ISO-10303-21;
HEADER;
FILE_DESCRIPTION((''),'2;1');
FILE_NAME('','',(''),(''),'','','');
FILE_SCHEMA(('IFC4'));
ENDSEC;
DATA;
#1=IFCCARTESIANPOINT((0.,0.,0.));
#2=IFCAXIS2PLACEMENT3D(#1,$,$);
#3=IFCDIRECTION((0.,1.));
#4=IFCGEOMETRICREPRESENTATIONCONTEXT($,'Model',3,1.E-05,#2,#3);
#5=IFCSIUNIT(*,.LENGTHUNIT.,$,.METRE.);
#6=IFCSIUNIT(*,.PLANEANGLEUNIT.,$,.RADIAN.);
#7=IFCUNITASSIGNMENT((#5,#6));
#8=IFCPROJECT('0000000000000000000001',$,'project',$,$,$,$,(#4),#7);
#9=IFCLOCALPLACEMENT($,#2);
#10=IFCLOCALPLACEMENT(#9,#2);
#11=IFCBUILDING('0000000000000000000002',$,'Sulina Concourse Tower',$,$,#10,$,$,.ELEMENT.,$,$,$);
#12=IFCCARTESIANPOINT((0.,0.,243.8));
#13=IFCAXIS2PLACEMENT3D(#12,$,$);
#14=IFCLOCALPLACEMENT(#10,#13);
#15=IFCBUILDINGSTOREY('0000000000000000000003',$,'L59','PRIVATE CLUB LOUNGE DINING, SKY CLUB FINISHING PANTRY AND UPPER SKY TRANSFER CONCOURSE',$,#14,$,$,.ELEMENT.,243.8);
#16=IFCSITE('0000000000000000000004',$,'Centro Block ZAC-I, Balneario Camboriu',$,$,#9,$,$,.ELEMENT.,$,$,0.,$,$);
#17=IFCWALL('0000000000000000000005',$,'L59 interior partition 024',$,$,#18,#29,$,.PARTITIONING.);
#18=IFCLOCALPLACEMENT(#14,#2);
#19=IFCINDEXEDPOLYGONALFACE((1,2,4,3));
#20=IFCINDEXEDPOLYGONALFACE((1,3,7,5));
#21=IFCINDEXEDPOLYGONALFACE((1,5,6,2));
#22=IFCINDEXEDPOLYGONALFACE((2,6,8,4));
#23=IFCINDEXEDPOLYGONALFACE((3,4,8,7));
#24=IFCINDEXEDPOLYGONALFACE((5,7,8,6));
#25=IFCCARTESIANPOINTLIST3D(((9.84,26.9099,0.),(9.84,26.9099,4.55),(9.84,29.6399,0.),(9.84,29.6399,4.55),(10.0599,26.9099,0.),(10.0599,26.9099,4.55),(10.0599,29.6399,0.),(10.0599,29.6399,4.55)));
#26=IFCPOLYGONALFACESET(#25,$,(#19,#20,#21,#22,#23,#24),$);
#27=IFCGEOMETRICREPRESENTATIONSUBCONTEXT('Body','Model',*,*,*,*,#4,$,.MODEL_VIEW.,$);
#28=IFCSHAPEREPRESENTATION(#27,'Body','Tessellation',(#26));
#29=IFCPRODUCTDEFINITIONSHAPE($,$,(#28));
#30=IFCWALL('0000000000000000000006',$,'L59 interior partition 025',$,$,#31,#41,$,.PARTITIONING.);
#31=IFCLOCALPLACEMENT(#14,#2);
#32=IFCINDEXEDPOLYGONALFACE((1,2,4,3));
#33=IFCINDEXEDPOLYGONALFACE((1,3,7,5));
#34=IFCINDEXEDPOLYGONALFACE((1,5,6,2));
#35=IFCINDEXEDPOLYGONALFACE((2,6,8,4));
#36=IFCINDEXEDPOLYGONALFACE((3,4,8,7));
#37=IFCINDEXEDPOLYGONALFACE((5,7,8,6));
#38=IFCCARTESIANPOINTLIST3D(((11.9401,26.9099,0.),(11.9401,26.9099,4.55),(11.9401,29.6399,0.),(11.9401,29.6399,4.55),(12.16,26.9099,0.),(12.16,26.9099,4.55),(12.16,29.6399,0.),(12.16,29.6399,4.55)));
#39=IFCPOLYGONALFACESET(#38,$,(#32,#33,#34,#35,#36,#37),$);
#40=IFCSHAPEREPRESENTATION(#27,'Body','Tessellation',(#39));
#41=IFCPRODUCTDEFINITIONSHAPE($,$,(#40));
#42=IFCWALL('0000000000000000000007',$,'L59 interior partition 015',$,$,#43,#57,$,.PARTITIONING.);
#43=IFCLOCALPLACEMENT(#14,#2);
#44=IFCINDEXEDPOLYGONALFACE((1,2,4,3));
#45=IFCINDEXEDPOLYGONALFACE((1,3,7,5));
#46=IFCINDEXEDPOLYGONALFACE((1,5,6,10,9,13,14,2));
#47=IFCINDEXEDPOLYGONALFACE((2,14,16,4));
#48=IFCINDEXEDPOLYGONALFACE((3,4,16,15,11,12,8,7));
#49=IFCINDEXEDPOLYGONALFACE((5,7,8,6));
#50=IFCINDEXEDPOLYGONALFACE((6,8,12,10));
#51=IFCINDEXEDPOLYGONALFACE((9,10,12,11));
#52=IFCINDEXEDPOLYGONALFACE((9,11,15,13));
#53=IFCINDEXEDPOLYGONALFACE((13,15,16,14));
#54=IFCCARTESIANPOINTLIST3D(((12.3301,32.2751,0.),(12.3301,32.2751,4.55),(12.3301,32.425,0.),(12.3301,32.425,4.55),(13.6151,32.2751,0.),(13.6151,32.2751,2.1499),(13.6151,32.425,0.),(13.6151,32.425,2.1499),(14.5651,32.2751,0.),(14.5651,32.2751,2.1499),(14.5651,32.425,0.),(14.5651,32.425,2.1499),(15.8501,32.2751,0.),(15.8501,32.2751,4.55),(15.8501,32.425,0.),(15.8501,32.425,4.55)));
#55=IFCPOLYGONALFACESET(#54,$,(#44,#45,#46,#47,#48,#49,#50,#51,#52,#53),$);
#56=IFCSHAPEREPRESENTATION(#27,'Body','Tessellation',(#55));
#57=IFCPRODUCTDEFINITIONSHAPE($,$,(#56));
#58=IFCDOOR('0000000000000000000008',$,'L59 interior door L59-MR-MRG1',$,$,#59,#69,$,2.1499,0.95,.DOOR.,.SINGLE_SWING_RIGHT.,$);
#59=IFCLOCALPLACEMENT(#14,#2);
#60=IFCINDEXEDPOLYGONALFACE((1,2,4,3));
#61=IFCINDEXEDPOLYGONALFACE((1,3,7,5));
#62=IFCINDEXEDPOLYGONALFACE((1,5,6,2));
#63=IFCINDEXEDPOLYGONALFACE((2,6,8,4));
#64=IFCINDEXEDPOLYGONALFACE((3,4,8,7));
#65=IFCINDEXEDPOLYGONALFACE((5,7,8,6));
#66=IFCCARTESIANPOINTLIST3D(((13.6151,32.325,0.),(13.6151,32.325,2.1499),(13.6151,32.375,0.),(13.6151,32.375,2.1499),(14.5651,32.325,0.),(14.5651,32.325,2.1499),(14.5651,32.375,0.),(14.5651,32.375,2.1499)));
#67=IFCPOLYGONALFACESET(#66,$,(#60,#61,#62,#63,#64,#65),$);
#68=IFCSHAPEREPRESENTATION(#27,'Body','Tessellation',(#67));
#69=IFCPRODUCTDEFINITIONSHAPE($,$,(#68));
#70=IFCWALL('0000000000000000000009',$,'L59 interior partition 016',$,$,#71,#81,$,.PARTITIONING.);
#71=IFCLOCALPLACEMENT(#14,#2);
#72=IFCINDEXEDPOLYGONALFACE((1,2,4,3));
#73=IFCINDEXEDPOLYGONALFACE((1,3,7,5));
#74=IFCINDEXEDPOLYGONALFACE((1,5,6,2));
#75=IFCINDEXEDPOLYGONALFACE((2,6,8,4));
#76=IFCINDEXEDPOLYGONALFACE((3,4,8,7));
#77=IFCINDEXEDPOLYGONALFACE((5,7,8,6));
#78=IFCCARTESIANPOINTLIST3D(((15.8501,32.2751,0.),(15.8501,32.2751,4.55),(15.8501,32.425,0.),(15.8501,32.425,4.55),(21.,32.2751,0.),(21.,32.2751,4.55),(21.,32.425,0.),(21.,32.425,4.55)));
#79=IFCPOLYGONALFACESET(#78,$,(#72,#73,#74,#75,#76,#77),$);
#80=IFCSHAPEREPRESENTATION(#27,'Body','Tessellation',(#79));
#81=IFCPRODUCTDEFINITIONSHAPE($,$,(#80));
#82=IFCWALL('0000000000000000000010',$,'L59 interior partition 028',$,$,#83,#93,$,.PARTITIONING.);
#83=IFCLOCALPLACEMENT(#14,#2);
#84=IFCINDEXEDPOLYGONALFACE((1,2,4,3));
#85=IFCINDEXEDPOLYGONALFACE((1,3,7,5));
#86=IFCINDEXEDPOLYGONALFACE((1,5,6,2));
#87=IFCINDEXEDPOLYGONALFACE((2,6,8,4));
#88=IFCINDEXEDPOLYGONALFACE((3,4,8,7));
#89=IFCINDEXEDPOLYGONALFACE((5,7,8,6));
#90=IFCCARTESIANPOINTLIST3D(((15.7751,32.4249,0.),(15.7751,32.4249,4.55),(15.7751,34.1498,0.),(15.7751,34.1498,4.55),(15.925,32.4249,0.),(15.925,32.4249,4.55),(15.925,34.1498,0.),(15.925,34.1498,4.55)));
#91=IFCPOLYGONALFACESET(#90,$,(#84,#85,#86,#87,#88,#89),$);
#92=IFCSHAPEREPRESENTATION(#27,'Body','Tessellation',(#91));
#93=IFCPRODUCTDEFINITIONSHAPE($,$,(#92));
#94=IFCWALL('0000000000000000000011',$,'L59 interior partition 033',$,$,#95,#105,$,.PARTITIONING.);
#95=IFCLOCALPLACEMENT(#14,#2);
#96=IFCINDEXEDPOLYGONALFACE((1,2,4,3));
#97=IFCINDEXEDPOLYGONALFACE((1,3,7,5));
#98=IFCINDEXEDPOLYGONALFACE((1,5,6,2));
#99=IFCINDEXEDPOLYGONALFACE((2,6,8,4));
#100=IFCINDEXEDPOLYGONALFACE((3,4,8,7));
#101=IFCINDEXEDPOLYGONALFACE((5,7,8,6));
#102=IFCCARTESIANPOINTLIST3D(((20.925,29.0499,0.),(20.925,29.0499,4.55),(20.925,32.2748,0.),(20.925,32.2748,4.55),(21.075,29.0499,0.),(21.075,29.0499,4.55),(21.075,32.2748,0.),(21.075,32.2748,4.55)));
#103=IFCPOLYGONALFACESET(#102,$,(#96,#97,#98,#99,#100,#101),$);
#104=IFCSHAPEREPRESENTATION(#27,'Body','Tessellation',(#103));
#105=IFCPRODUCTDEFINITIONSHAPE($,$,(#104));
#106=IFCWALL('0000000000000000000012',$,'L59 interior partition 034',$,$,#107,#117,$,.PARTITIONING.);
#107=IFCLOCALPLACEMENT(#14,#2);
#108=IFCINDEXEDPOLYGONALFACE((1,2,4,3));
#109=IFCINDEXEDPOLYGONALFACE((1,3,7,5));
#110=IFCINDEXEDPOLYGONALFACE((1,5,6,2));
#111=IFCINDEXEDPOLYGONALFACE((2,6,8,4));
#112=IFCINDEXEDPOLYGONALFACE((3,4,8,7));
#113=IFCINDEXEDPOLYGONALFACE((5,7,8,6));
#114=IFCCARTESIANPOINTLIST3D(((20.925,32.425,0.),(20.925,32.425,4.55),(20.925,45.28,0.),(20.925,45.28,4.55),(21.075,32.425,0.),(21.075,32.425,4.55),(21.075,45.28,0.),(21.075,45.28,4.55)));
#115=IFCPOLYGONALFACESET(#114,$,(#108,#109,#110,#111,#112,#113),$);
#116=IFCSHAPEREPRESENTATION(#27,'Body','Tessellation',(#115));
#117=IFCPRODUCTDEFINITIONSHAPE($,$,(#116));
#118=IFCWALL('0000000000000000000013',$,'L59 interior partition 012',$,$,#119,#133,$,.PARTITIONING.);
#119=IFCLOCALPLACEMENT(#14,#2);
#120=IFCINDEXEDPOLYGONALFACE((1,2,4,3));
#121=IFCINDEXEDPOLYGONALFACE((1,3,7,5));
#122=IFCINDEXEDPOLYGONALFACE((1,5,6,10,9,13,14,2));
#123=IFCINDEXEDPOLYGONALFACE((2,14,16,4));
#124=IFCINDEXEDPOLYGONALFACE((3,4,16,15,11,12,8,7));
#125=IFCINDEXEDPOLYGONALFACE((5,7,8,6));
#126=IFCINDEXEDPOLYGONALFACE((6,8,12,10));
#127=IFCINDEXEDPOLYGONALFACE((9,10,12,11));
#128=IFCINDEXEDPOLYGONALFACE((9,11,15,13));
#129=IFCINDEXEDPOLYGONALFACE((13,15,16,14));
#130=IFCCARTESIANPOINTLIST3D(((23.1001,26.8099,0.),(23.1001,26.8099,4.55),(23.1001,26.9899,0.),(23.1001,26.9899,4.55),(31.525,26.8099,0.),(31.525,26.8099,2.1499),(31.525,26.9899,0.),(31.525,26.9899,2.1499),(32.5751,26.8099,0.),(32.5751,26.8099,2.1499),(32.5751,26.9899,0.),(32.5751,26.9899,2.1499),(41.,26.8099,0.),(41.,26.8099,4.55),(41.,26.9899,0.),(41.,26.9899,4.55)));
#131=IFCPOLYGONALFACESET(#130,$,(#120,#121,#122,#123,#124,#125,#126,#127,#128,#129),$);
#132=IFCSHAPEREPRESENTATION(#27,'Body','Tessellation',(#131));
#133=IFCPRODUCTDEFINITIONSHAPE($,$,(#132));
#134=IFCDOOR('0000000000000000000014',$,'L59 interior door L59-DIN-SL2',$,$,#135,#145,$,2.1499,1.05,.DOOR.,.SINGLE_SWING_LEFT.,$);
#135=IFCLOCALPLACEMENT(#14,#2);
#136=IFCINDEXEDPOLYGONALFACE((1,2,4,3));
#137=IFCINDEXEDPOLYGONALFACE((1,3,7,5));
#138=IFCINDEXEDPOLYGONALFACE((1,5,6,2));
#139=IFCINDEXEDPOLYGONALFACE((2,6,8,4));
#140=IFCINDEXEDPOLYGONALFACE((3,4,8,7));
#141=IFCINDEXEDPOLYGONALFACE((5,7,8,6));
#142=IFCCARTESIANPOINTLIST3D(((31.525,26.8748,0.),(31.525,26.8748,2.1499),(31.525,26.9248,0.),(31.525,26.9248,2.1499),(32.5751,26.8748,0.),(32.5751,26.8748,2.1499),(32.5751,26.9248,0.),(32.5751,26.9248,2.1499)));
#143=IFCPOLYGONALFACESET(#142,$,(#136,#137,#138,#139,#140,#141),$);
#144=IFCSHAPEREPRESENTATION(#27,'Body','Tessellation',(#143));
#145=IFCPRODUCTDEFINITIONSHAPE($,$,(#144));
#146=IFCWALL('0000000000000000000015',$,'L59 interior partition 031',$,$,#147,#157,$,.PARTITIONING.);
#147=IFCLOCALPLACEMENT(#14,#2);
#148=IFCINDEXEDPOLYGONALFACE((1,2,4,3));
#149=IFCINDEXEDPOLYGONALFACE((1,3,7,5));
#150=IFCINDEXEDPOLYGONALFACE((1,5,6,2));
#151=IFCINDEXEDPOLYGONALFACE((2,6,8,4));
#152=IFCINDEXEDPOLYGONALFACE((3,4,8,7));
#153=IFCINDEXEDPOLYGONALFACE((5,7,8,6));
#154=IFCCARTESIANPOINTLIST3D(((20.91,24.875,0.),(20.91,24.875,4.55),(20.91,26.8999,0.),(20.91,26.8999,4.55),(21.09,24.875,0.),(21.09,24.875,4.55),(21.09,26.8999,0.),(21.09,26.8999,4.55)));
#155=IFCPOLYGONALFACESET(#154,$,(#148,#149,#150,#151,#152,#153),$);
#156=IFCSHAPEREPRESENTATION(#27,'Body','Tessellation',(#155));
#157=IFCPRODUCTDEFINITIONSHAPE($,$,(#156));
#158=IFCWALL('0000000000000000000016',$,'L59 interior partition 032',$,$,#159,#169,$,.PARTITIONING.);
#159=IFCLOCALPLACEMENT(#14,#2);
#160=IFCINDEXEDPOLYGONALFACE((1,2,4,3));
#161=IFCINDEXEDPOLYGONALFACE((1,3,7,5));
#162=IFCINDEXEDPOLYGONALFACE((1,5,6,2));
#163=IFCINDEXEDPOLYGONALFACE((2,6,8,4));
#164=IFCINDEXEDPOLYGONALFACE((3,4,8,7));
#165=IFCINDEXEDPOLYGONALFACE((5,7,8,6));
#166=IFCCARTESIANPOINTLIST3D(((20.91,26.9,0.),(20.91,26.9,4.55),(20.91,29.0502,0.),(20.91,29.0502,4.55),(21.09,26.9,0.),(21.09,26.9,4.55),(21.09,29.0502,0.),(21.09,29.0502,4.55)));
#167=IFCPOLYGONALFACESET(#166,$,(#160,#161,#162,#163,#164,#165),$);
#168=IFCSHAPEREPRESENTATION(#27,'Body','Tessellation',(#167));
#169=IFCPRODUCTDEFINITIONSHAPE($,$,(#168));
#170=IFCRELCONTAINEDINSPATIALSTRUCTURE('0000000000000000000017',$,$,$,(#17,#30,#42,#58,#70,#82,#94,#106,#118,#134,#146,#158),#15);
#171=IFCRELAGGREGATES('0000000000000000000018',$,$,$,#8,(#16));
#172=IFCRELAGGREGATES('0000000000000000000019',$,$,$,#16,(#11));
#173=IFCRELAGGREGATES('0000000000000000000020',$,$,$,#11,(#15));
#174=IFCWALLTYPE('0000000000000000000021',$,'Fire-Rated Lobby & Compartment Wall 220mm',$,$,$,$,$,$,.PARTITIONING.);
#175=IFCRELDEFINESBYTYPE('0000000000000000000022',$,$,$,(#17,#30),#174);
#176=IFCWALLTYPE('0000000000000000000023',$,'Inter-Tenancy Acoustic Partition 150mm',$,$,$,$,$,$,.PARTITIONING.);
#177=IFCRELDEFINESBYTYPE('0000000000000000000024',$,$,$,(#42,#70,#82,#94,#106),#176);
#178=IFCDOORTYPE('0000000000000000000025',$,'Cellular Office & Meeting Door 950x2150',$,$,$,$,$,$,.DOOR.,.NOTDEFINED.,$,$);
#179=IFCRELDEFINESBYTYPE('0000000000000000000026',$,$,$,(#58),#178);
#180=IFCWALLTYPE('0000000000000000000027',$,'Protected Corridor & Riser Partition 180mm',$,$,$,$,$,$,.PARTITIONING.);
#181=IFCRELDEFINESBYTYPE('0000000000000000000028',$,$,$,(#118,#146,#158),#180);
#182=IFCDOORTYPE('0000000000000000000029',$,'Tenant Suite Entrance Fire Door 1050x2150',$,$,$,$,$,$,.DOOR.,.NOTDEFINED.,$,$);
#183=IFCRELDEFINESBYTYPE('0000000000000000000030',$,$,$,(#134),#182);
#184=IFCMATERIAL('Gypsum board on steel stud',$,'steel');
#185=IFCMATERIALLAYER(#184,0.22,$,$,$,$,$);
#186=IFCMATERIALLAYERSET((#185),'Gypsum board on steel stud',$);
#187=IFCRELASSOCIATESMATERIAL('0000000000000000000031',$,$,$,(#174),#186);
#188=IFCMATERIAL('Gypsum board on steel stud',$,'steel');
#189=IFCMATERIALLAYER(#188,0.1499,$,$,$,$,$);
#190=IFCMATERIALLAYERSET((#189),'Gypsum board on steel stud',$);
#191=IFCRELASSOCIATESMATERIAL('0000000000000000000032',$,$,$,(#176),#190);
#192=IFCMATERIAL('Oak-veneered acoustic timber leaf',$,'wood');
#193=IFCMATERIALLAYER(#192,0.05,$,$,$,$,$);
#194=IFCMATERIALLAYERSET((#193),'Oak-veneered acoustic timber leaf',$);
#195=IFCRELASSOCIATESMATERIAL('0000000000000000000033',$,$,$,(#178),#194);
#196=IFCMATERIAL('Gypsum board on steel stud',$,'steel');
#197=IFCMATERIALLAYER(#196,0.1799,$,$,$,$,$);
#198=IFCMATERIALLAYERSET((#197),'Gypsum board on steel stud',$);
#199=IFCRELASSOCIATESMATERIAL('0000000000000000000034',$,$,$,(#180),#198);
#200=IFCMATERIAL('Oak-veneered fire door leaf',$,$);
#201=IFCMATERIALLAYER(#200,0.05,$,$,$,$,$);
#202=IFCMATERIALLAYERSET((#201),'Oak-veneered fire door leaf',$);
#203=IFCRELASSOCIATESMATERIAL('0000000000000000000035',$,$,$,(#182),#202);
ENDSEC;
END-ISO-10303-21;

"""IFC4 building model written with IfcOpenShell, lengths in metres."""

from ifc_helpers import new_model, si_unit, direction, frame, frame_2d, origin, place, context, subcontext, project, spatial, rectangle, extrude, material, layer, layer_set, type_object, element, fill, save


model = new_model("IFC4")

# Units and contexts
model_context = context("Model", 3, precision=1e-05, world=origin(), true_north=direction((0.0, 1.0)))
body_context = subcontext(model_context, "Body", "Model", "MODEL_VIEW")
ifc_project = project(units=[si_unit("LENGTHUNIT", "METRE"), si_unit("PLANEANGLEUNIT", "RADIAN")], contexts=[model_context])

# Site, building, storey
site_placement = place(None, origin())
site = spatial("IfcSite", under=ifc_project, at=site_placement, Name="Centro Block ZAC-I, Balneario Camboriu", CompositionType="ELEMENT", RefElevation=0.0)
building_placement = place(site_placement, origin())
building = spatial("IfcBuilding", under=site, at=building_placement, Name="Sulina Concourse Tower", CompositionType="ELEMENT")
storey_placement = place(building_placement, frame((0.0, 0.0, 243.8)))
storey = spatial("IfcBuildingStorey", under=building, at=storey_placement, Name="L59", Description="PRIVATE CLUB LOUNGE DINING, SKY CLUB FINISHING PANTRY AND UPPER SKY TRANSFER CONCOURSE", CompositionType="ELEMENT", Elevation=243.8)

# Shared definitions
ifc_material_1 = material(Name="Gypsum board on steel stud", Category="steel")
ifc_layer_1 = layer(ifc_material_1, 0.22)
ifc_layer_set_1 = layer_set([ifc_layer_1], Name="Gypsum board on steel stud")
wall_type_1 = type_object("IfcWallType", Name="Fire-Rated Lobby & Compartment Wall 220mm", PredefinedType="PARTITIONING", material=ifc_layer_set_1)

# Walls
for number, where, z_axis, x_axis, name in (
    (1, (9.95, 26.9099, 0.0), (0.0, 0.0, 1.0), (0.0, 1.0, 0.0), "L59 interior partition 024"),
    (2, (12.05, 26.9099, 0.0), (0.0, 0.0, 1.0), (0.0, 1.0, 0.0), "L59 interior partition 025"),
):
    element("IfcWall", number, at=place(storey_placement, frame(where, z_axis=z_axis, x_axis=x_axis)), inside=storey, type_object=wall_type_1, Name=name, PredefinedType="PARTITIONING", context=body_context, shape_type="SweptSolid", body=[
        extrude(rectangle(XDim=2.73, YDim=0.22, at=frame_2d((1.365, 0.0))), origin(), (0.0, 0.0, 1.0), 4.55),
    ])

# Wall, opening, door
ifc_material_2 = material(Name="Gypsum board on steel stud", Category="steel")
ifc_layer_2 = layer(ifc_material_2, 0.1499)
ifc_layer_set_2 = layer_set([ifc_layer_2], Name="Gypsum board on steel stud")
wall_type_2 = type_object("IfcWallType", Name="Inter-Tenancy Acoustic Partition 150mm", PredefinedType="PARTITIONING", material=ifc_layer_set_2)
wall_1_placement = place(storey_placement, frame((12.3301, 32.3501, 0.0), z_axis=(0.0, 0.0, 1.0), x_axis=(1.0, 0.0, 0.0)))
wall_1 = element("IfcWall", 3, at=wall_1_placement, inside=storey, type_object=wall_type_2, Name="L59 interior partition 015", PredefinedType="PARTITIONING", context=body_context, shape_type="SweptSolid", body=[
    extrude(rectangle(XDim=3.52, YDim=0.1499, at=frame_2d((1.76, 0.0))), origin(), (0.0, 0.0, 1.0), 4.55),
])
opening_1_placement = place(wall_1_placement, frame((1.2849, 0.0, 0.0)))
opening_1 = element("IfcOpeningElement", 4, at=opening_1_placement, cuts=wall_1, PredefinedType="OPENING", context=body_context, shape_type="SweptSolid", body=[
    extrude(rectangle(XDim=0.95, YDim=2.1499, at=frame_2d((0.4751, 1.075))), frame((0.0, 0.085, 0.0), z_axis=(0.0, -1.0, 0.0), x_axis=(1.0, 0.0, 0.0)), (0.0, 0.0, 1.0), 0.1699),
])
ifc_material_3 = material(Name="Oak-veneered acoustic timber leaf", Category="wood")
ifc_layer_3 = layer(ifc_material_3, 0.05)
ifc_layer_set_3 = layer_set([ifc_layer_3], Name="Oak-veneered acoustic timber leaf")
door_type_1 = type_object("IfcDoorType", Name="Cellular Office & Meeting Door 950x2150", OperationType="NOTDEFINED", PredefinedType="DOOR", material=ifc_layer_set_3)
door_1_placement = place(opening_1_placement, origin())
door_1 = element("IfcDoor", 5, at=door_1_placement, inside=storey, type_object=door_type_1, Name="L59 interior door L59-MR-MRG1", OperationType="SINGLE_SWING_RIGHT", OverallHeight=2.1499, OverallWidth=0.95, PredefinedType="DOOR", context=body_context, shape_type="SweptSolid", body=[
    extrude(rectangle(XDim=0.95, YDim=2.1499, at=frame_2d((0.4751, 1.075))), frame((0.0, 0.0249, 0.0), z_axis=(0.0, -1.0, 0.0), x_axis=(1.0, 0.0, 0.0)), (0.0, 0.0, 1.0), 0.05),
])
fill(opening_1, door_1)

# Walls
wall_2_placement = place(storey_placement, frame((15.8501, 32.3501, 0.0), z_axis=(0.0, 0.0, 1.0), x_axis=(1.0, 0.0, 0.0)))
element("IfcWall", 6, at=wall_2_placement, inside=storey, type_object=wall_type_2, Name="L59 interior partition 016", PredefinedType="PARTITIONING", context=body_context, shape_type="SweptSolid", body=[
    extrude(rectangle(XDim=5.1499, YDim=0.1499, at=frame_2d((2.575, 0.0))), origin(), (0.0, 0.0, 1.0), 4.55),
])
wall_3_placement = place(storey_placement, frame((15.8501, 32.425, 0.0), z_axis=(0.0, 0.0, 1.0), x_axis=(0.0, 1.0, 0.0)))
element("IfcWall", 7, at=wall_3_placement, inside=storey, type_object=wall_type_2, Name="L59 interior partition 028", PredefinedType="PARTITIONING", context=body_context, shape_type="SweptSolid", body=[
    extrude(rectangle(XDim=1.7249, YDim=0.1499, at=frame_2d((0.8623, 0.0))), origin(), (0.0, 0.0, 1.0), 4.55),
])
wall_4_placement = place(storey_placement, frame((21.0, 29.05, 0.0), z_axis=(0.0, 0.0, 1.0), x_axis=(0.0, 1.0, 0.0)))
element("IfcWall", 8, at=wall_4_placement, inside=storey, type_object=wall_type_2, Name="L59 interior partition 033", PredefinedType="PARTITIONING", context=body_context, shape_type="SweptSolid", body=[
    extrude(rectangle(XDim=3.2249, YDim=0.1499, at=frame_2d((1.6123, 0.0))), origin(), (0.0, 0.0, 1.0), 4.55),
])
wall_5_placement = place(storey_placement, frame((21.0, 32.425, 0.0), z_axis=(0.0, 0.0, 1.0), x_axis=(0.0, 1.0, 0.0)))
element("IfcWall", 9, at=wall_5_placement, inside=storey, type_object=wall_type_2, Name="L59 interior partition 034", PredefinedType="PARTITIONING", context=body_context, shape_type="SweptSolid", body=[
    extrude(rectangle(XDim=12.855, YDim=0.1499, at=frame_2d((6.4275, 0.0))), origin(), (0.0, 0.0, 1.0), 4.55),
])

# Wall, opening, door
ifc_material_4 = material(Name="Gypsum board on steel stud", Category="steel")
ifc_layer_4 = layer(ifc_material_4, 0.1799)
ifc_layer_set_4 = layer_set([ifc_layer_4], Name="Gypsum board on steel stud")
wall_type_3 = type_object("IfcWallType", Name="Protected Corridor & Riser Partition 180mm", PredefinedType="PARTITIONING", material=ifc_layer_set_4)
wall_6_placement = place(storey_placement, frame((23.1001, 26.8999, 0.0), z_axis=(0.0, 0.0, 1.0), x_axis=(1.0, 0.0, 0.0)))
wall_6 = element("IfcWall", 10, at=wall_6_placement, inside=storey, type_object=wall_type_3, Name="L59 interior partition 012", PredefinedType="PARTITIONING", context=body_context, shape_type="SweptSolid", body=[
    extrude(rectangle(XDim=17.8999, YDim=0.1799, at=frame_2d((8.95, 0.0))), origin(), (0.0, 0.0, 1.0), 4.55),
])
opening_2_placement = place(wall_6_placement, frame((8.425, 0.0, 0.0)))
opening_2 = element("IfcOpeningElement", 11, at=opening_2_placement, cuts=wall_6, PredefinedType="OPENING", context=body_context, shape_type="SweptSolid", body=[
    extrude(rectangle(XDim=1.05, YDim=2.1499, at=frame_2d((0.5249, 1.075))), frame((0.0, 0.0999, 0.0), z_axis=(0.0, -1.0, 0.0), x_axis=(1.0, 0.0, 0.0)), (0.0, 0.0, 1.0), 0.2),
])
ifc_material_5 = material(Name="Oak-veneered fire door leaf")
ifc_layer_5 = layer(ifc_material_5, 0.05)
ifc_layer_set_5 = layer_set([ifc_layer_5], Name="Oak-veneered fire door leaf")
door_type_2 = type_object("IfcDoorType", Name="Tenant Suite Entrance Fire Door 1050x2150", OperationType="NOTDEFINED", PredefinedType="DOOR", material=ifc_layer_set_5)
door_2_placement = place(opening_2_placement, origin())
door_2 = element("IfcDoor", 12, at=door_2_placement, inside=storey, type_object=door_type_2, Name="L59 interior door L59-DIN-SL2", OperationType="SINGLE_SWING_LEFT", OverallHeight=2.1499, OverallWidth=1.05, PredefinedType="DOOR", context=body_context, shape_type="SweptSolid", body=[
    extrude(rectangle(XDim=1.05, YDim=2.1499, at=frame_2d((0.5249, 1.075))), frame((0.0, 0.0249, 0.0), z_axis=(0.0, -1.0, 0.0), x_axis=(1.0, 0.0, 0.0)), (0.0, 0.0, 1.0), 0.05),
])
fill(opening_2, door_2)

# Walls
wall_7_placement = place(storey_placement, frame((21.0, 24.875, 0.0), z_axis=(0.0, 0.0, 1.0), x_axis=(0.0, 1.0, 0.0)))
element("IfcWall", 13, at=wall_7_placement, inside=storey, type_object=wall_type_3, Name="L59 interior partition 031", PredefinedType="PARTITIONING", context=body_context, shape_type="SweptSolid", body=[
    extrude(rectangle(XDim=2.0249, YDim=0.1799, at=frame_2d((1.0125, 0.0))), origin(), (0.0, 0.0, 1.0), 4.55),
])
wall_8_placement = place(storey_placement, frame((21.0, 26.8999, 0.0), z_axis=(0.0, 0.0, 1.0), x_axis=(0.0, 1.0, 0.0)))
element("IfcWall", 14, at=wall_8_placement, inside=storey, type_object=wall_type_3, Name="L59 interior partition 032", PredefinedType="PARTITIONING", context=body_context, shape_type="SweptSolid", body=[
    extrude(rectangle(XDim=2.1501, YDim=0.1799, at=frame_2d((1.0752, 0.0))), origin(), (0.0, 0.0, 1.0), 4.55),
])

save(model, "model.ifc")
